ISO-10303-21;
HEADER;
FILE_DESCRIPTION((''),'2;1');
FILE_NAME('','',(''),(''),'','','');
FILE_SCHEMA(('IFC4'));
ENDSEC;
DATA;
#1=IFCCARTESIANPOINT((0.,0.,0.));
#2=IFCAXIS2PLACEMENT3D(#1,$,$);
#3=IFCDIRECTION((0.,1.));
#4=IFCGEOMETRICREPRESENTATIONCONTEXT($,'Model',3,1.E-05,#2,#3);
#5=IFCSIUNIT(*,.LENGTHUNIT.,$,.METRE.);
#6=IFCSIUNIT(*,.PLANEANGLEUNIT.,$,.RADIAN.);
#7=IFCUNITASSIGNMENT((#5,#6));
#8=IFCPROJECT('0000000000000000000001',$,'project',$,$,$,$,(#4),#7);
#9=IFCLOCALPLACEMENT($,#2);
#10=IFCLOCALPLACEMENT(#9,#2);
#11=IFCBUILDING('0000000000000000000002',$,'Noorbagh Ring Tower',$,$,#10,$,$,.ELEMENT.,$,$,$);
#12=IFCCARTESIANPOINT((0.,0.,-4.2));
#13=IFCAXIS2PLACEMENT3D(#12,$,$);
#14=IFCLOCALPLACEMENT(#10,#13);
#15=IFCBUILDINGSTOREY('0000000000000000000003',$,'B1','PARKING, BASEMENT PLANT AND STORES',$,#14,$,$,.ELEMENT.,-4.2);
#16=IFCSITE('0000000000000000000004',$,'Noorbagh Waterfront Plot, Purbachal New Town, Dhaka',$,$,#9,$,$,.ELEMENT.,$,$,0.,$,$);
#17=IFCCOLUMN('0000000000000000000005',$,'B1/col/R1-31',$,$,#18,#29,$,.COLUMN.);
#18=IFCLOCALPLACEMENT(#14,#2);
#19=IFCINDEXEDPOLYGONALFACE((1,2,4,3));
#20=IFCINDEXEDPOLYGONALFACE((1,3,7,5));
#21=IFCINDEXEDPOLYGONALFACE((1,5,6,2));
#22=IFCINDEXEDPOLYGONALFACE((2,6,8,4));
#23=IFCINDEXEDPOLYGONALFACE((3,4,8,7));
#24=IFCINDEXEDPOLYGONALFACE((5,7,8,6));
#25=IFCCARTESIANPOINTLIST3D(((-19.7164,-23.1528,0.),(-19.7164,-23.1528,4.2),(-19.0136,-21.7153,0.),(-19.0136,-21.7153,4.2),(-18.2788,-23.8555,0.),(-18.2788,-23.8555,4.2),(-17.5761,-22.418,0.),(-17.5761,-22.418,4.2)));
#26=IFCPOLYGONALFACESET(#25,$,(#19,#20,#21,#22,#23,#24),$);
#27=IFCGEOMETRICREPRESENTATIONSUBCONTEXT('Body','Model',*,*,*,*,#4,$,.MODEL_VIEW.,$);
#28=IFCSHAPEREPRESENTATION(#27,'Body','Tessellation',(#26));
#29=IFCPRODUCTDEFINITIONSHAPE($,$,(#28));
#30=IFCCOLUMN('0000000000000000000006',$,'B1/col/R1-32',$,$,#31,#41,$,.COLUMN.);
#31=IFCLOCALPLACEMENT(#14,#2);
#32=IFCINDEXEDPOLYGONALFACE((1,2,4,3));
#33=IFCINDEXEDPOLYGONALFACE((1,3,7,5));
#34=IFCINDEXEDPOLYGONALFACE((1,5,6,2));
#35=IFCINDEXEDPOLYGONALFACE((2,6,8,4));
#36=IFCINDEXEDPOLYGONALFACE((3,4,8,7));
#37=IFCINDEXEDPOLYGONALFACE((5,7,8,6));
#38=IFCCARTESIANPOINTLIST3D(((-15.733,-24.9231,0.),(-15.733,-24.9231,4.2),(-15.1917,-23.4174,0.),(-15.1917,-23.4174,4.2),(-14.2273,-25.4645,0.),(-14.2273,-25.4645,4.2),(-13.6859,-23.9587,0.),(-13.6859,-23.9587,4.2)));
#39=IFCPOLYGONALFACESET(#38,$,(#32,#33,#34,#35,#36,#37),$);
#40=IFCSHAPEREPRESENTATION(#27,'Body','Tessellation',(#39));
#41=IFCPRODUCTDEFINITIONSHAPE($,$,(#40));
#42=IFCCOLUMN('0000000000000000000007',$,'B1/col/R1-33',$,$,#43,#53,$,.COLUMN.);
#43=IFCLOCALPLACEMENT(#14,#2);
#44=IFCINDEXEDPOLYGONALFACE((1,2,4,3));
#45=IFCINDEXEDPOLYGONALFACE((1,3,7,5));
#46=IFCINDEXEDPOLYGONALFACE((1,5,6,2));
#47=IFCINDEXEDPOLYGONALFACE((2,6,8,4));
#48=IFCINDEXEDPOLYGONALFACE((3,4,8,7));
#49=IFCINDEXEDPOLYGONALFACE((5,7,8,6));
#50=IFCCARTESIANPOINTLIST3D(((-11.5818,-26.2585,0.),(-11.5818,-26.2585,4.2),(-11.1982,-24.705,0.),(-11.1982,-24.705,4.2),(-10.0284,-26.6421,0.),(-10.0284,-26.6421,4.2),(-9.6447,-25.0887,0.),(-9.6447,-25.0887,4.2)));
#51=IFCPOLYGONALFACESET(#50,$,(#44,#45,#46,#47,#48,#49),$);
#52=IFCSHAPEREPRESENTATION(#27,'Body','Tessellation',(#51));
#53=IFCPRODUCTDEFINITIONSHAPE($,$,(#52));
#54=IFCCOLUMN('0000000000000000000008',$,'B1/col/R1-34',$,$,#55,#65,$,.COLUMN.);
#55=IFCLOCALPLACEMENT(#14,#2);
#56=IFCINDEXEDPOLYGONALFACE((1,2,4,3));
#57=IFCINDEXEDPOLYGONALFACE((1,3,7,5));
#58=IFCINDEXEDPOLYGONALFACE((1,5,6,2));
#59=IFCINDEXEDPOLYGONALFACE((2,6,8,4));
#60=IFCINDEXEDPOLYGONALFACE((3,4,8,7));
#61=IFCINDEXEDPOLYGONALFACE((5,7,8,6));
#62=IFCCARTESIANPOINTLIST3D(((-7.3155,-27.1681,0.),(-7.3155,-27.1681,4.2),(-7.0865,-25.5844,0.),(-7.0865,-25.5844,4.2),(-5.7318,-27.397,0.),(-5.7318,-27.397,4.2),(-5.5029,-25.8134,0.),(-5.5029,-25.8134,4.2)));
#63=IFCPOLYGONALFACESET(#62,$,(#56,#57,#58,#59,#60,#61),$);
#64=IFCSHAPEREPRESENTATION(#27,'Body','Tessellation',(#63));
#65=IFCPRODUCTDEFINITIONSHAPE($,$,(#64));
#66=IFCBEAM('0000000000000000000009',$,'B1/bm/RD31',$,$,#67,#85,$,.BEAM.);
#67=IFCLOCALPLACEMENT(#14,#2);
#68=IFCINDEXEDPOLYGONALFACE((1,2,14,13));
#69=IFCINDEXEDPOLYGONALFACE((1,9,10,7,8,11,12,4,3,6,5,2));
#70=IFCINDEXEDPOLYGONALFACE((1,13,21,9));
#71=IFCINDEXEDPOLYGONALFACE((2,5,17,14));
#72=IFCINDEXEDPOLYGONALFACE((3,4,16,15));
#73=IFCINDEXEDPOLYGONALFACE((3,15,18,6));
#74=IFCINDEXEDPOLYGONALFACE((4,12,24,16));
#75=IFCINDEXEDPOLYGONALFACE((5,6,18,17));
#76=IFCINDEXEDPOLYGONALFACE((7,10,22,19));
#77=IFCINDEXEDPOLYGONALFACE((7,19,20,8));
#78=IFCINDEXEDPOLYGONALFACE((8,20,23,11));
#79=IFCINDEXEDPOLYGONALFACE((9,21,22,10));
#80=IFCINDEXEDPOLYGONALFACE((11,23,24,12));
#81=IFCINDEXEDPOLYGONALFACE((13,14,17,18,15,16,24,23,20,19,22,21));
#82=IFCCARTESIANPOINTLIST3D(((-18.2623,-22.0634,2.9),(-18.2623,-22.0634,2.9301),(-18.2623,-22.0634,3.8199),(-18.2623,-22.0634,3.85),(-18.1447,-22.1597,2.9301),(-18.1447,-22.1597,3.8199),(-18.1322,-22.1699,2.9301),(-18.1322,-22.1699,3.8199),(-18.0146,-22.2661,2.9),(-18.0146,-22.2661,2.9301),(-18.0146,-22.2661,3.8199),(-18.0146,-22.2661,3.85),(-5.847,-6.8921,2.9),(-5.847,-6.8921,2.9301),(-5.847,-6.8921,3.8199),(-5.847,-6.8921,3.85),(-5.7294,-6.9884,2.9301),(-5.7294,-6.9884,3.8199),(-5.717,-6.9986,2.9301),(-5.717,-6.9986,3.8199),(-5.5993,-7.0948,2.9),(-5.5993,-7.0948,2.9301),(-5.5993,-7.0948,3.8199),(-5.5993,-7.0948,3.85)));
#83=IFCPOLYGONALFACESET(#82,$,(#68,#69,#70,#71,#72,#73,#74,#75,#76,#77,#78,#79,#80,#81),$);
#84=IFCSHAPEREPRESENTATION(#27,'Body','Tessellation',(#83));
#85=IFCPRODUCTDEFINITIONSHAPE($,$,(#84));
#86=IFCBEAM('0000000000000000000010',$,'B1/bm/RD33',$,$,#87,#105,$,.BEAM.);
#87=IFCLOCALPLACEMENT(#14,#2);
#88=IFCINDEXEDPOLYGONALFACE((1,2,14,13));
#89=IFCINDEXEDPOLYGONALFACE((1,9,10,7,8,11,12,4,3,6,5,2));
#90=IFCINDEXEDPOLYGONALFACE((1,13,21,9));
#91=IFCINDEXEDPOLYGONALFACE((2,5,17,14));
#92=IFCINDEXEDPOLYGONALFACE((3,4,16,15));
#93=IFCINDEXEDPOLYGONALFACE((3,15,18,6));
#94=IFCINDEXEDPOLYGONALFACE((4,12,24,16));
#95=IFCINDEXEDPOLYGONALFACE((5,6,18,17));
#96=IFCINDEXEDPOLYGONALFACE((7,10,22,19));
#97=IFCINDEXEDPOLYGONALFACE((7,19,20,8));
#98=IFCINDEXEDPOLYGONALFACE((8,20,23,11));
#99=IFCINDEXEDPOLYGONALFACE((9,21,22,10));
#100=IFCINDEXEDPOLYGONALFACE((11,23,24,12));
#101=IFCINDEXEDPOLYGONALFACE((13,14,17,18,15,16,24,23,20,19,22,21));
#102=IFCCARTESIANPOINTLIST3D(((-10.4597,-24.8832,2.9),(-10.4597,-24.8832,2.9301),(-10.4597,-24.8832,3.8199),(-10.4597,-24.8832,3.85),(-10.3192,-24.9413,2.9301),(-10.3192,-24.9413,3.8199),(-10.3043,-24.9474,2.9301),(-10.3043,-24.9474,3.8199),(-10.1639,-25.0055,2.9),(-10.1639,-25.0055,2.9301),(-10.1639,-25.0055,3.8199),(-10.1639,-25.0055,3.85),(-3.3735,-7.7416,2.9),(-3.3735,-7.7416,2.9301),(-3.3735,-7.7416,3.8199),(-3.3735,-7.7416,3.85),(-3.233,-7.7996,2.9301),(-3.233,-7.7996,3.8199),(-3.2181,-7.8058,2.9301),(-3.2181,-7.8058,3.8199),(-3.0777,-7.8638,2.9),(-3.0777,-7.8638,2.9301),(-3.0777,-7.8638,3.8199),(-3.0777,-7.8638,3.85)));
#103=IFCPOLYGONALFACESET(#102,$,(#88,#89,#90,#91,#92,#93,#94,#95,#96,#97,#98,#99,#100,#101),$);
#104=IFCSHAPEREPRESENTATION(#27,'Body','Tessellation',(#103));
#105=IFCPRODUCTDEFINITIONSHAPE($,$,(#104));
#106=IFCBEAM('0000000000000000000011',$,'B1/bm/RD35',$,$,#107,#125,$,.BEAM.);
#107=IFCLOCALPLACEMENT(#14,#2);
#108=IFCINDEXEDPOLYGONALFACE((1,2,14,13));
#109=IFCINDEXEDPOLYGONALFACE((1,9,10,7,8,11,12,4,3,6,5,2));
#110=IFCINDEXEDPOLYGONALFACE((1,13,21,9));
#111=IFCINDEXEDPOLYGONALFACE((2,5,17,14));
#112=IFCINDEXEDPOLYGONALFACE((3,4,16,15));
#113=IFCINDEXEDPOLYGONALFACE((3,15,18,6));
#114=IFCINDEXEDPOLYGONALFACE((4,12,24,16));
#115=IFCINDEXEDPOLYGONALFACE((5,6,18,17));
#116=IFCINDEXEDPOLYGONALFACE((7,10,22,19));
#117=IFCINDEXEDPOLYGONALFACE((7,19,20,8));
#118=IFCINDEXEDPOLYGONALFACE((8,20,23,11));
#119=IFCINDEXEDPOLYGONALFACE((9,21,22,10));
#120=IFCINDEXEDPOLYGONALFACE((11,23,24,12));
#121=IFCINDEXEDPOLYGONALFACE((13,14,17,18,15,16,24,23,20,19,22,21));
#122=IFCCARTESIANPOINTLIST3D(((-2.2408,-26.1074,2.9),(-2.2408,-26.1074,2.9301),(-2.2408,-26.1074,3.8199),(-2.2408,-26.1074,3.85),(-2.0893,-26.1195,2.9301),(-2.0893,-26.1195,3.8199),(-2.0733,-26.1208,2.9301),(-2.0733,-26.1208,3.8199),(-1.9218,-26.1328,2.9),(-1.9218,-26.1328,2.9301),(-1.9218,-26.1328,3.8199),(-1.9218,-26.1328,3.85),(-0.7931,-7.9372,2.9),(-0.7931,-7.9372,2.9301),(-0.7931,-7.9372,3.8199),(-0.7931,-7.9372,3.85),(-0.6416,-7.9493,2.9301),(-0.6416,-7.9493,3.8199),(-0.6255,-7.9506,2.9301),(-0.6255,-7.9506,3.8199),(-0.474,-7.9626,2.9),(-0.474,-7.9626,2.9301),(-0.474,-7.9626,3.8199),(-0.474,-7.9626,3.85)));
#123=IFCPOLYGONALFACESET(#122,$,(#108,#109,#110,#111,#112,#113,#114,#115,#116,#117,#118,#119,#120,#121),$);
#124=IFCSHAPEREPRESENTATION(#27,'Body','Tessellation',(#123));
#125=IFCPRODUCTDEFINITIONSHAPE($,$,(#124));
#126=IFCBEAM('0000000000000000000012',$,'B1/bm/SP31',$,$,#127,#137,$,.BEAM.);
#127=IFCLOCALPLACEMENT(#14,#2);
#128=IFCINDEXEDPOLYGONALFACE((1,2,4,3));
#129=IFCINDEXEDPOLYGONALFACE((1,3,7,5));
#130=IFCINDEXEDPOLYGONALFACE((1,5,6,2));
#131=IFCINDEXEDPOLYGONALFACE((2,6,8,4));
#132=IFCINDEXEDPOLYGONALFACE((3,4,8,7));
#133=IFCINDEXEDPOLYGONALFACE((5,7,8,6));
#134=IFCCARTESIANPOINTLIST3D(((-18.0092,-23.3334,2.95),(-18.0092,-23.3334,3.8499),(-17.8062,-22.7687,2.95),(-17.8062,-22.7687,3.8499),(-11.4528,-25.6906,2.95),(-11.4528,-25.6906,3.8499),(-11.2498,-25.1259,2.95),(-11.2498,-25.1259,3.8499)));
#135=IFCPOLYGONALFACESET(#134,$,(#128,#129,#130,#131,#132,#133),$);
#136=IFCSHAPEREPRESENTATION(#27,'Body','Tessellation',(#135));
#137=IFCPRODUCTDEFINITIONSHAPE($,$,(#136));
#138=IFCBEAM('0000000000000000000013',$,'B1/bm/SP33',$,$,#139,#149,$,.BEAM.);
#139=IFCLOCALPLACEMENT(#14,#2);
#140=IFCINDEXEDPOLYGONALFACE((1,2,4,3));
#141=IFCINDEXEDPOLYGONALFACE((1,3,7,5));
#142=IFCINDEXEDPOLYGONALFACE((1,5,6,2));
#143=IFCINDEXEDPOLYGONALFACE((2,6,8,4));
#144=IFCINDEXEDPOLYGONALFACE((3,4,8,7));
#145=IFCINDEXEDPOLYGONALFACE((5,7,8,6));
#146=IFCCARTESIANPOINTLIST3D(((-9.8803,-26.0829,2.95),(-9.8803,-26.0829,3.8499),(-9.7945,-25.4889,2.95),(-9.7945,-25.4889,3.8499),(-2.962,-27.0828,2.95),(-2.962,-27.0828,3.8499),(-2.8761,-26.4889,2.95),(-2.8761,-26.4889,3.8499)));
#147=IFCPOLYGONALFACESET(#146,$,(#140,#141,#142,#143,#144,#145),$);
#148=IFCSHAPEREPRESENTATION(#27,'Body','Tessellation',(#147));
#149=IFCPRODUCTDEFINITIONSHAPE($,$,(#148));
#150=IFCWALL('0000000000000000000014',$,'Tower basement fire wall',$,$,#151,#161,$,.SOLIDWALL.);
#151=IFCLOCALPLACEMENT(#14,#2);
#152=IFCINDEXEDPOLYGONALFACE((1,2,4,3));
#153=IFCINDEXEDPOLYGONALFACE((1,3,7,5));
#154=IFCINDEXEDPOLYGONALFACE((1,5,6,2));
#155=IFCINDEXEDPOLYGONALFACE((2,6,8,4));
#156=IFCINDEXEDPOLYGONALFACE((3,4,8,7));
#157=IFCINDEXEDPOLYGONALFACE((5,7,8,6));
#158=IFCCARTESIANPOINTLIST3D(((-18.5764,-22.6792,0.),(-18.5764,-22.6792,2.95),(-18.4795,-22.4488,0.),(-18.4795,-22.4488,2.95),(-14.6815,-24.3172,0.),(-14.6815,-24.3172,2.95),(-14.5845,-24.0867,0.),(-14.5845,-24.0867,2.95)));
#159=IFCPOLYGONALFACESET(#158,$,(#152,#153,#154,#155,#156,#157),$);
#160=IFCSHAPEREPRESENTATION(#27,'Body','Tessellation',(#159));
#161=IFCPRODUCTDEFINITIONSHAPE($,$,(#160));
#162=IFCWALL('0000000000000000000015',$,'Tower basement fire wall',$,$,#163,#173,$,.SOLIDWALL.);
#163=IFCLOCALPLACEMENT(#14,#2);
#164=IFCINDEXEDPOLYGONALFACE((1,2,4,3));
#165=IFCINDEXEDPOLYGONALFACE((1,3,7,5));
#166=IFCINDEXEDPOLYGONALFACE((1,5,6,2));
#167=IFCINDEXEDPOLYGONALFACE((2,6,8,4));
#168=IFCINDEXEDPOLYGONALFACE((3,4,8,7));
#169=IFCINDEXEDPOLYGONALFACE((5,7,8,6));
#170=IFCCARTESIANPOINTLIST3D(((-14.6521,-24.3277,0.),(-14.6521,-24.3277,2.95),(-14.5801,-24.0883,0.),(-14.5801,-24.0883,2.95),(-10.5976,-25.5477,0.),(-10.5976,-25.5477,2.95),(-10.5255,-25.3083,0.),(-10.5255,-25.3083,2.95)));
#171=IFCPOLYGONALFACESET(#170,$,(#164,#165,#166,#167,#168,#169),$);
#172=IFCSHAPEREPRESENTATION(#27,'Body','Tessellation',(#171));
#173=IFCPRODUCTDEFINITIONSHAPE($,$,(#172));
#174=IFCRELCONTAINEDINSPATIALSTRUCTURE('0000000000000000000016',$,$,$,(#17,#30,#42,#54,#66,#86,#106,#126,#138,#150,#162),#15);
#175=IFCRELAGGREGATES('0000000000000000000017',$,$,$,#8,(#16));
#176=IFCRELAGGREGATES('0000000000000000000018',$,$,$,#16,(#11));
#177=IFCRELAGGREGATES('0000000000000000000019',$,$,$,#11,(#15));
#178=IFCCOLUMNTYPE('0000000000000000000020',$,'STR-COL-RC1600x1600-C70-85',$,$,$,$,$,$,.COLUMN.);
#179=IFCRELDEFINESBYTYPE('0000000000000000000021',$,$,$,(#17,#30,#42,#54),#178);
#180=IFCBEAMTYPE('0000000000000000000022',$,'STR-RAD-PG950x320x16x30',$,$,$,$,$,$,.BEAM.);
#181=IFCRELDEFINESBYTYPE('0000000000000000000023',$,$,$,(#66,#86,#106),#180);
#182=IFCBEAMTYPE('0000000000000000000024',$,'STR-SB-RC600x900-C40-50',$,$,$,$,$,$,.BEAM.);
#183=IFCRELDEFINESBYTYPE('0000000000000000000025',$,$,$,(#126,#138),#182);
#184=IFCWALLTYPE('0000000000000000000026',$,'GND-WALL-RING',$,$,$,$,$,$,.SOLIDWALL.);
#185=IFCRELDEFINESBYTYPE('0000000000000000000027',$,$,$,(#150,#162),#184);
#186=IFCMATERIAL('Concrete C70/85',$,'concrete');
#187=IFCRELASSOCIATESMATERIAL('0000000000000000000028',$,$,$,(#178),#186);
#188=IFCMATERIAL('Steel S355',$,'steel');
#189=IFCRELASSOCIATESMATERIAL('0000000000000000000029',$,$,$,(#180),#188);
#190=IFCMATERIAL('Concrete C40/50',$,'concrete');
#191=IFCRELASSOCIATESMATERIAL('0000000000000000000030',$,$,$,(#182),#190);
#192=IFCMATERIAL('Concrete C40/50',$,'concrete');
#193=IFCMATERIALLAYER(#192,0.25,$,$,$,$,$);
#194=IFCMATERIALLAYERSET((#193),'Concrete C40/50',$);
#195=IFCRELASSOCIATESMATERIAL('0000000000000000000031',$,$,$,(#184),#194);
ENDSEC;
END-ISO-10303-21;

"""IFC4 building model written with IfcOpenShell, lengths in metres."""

from ifc_helpers import new_model, si_unit, direction, frame, frame_2d, origin, origin_2d, place, context, subcontext, project, spatial, rectangle, i_section, extrude, material, layer, layer_set, material_profile, profile_set, type_object, element, save


model = new_model("IFC4")

# Units and contexts
model_context = context("Model", 3, precision=1e-05, world=origin(), true_north=direction((0.0, 1.0)))
body_context = subcontext(model_context, "Body", "Model", "MODEL_VIEW")
ifc_project = project(units=[si_unit("LENGTHUNIT", "METRE"), si_unit("PLANEANGLEUNIT", "RADIAN")], contexts=[model_context])

# Site, building, storey
site_placement = place(None, origin())
site = spatial("IfcSite", under=ifc_project, at=site_placement, Name="Noorbagh Waterfront Plot, Purbachal New Town, Dhaka", CompositionType="ELEMENT", RefElevation=0.0)
building_placement = place(site_placement, origin())
building = spatial("IfcBuilding", under=site, at=building_placement, Name="Noorbagh Ring Tower", CompositionType="ELEMENT")
storey_placement = place(building_placement, frame((0.0, 0.0, -4.2)))
storey = spatial("IfcBuildingStorey", under=building, at=storey_placement, Name="B1", Description="PARKING, BASEMENT PLANT AND STORES", CompositionType="ELEMENT", Elevation=-4.2)

# Columns
ifc_material_1 = material(Name="Concrete C70/85", Category="concrete")
ifc_material_profile_1 = material_profile(ifc_material_1, rectangle(XDim=1.6001, YDim=1.6001, at=origin_2d()), Name="RC1600x1600")
ifc_profile_set_1 = profile_set([ifc_material_profile_1], Name="Concrete C70/85")
column_type = type_object("IfcColumnType", Name="STR-COL-RC1600x1600-C70-85", PredefinedType="COLUMN", material=ifc_profile_set_1)
for number, where, z_axis, x_axis, name in (
    (1, (-18.6462, -22.7854, 0.0), (0.0, 0.0, 1.0), (0.898399, -0.43918, 0.0), "B1/col/R1-31"),
    (2, (-14.7095, -24.4409, 0.0), (0.0, 0.0, 1.0), (0.941025, -0.338338, 0.0), "B1/col/R1-32"),
    (3, (-10.6133, -25.6736, 0.0), (0.0, 0.0, 1.0), (0.970829, -0.239771, 0.0), "B1/col/R1-33"),
    (4, (-6.4092, -26.4907, 0.0), (0.0, 0.0, 1.0), (0.989713, -0.143066, 0.0), "B1/col/R1-34"),
):
    element("IfcColumn", number, at=place(storey_placement, frame(where, z_axis=z_axis, x_axis=x_axis)), inside=storey, type_object=column_type, Name=name, PredefinedType="COLUMN", context=body_context, shape_type="SweptSolid", body=[
        extrude(rectangle(XDim=1.6001, YDim=1.6001, at=origin_2d()), origin(), (0.0, 0.0, 1.0), 4.2),
    ])

# Beams
ifc_material_2 = material(Name="Steel S355", Category="steel")
ifc_material_profile_2 = material_profile(ifc_material_2, i_section(OverallWidth=0.3201, OverallDepth=0.95, WebThickness=0.0161, FlangeThickness=0.03, at=origin_2d()), Name="PG950x320x16x30")
ifc_profile_set_2 = profile_set([ifc_material_profile_2], Name="Steel S355")
beam_type_1 = type_object("IfcBeamType", Name="STR-RAD-PG950x320x16x30", PredefinedType="BEAM", material=ifc_profile_set_2)
beam_1_placement = place(storey_placement, frame((-18.1384, -22.1648, 3.375), z_axis=(0.633309, 0.773899, 0.0), x_axis=(-0.773899, 0.633309, 0.0)))
element("IfcBeam", 5, at=beam_1_placement, inside=storey, type_object=beam_type_1, Name="B1/bm/RD31", PredefinedType="BEAM", context=body_context, shape_type="SweptSolid", body=[
    extrude(i_section(OverallWidth=0.3201, OverallDepth=0.95, WebThickness=0.0161, FlangeThickness=0.03, at=origin_2d()), origin(), (0.0, 0.0, 1.0), 19.6038),
])
beam_2_placement = place(storey_placement, frame((-10.3118, -24.9443, 3.375), z_axis=(0.382034, 0.924148, 0.0), x_axis=(-0.924148, 0.382034, 0.0)))
element("IfcBeam", 6, at=beam_2_placement, inside=storey, type_object=beam_type_1, Name="B1/bm/RD33", PredefinedType="BEAM", context=body_context, shape_type="SweptSolid", body=[
    extrude(i_section(OverallWidth=0.3201, OverallDepth=0.95, WebThickness=0.0161, FlangeThickness=0.03, at=origin_2d()), origin(), (0.0, 0.0, 1.0), 18.5486),
])
beam_3_placement = place(storey_placement, frame((-2.0813, -26.1201, 3.375), z_axis=(0.079426, 0.996841, 0.0), x_axis=(-0.996841, 0.079426, 0.0)))
element("IfcBeam", 7, at=beam_3_placement, inside=storey, type_object=beam_type_1, Name="B1/bm/RD35", PredefinedType="BEAM", context=body_context, shape_type="SweptSolid", body=[
    extrude(i_section(OverallWidth=0.3201, OverallDepth=0.95, WebThickness=0.0161, FlangeThickness=0.03, at=origin_2d()), origin(), (0.0, 0.0, 1.0), 18.2278),
])
ifc_material_3 = material(Name="Concrete C40/50", Category="concrete")
ifc_material_profile_3 = material_profile(ifc_material_3, rectangle(XDim=0.6001, YDim=0.8999, at=origin_2d()), Name="RC600x900")
ifc_profile_set_3 = profile_set([ifc_material_profile_3], Name="Concrete C40/50")
beam_type_2 = type_object("IfcBeamType", Name="STR-SB-RC600x900-C40-50", PredefinedType="BEAM", material=ifc_profile_set_3)
beam_4_placement = place(storey_placement, frame((-17.9077, -23.051, 3.3999), z_axis=(0.94103, -0.338322, 0.0), x_axis=(0.338322, 0.94103, 0.0)))
element("IfcBeam", 8, at=beam_4_placement, inside=storey, type_object=beam_type_2, Name="B1/bm/SP31", PredefinedType="BEAM", context=body_context, shape_type="SweptSolid", body=[
    extrude(rectangle(XDim=0.6001, YDim=0.8999, at=origin_2d()), origin(), (0.0, 0.0, 1.0), 6.9673),
])
beam_5_placement = place(storey_placement, frame((-9.8374, -25.7859, 3.3999), z_axis=(0.989715, -0.143054, 0.0), x_axis=(0.143054, 0.989715, 0.0)))
element("IfcBeam", 9, at=beam_5_placement, inside=storey, type_object=beam_type_2, Name="B1/bm/SP33", PredefinedType="BEAM", context=body_context, shape_type="SweptSolid", body=[
    extrude(rectangle(XDim=0.6001, YDim=0.8999, at=origin_2d()), origin(), (0.0, 0.0, 1.0), 6.9902),
])

# Walls
ifc_material_4 = material(Name="Concrete C40/50", Category="concrete")
ifc_layer = layer(ifc_material_4, 0.25)
ifc_layer_set = layer_set([ifc_layer], Name="Concrete C40/50")
wall_type = type_object("IfcWallType", Name="GND-WALL-RING", PredefinedType="SOLIDWALL", material=ifc_layer_set)
wall_1_placement = place(storey_placement, frame((-18.5281, -22.564, 0.0), z_axis=(0.0, 0.0, 1.0), x_axis=(0.92181, -0.387641, 0.0)))
element("IfcWall", 10, at=wall_1_placement, inside=storey, type_object=wall_type, Name="Tower basement fire wall", PredefinedType="SOLIDWALL", context=body_context, shape_type="SweptSolid", body=[
    extrude(rectangle(XDim=4.2253, YDim=0.25, at=frame_2d((2.1128, 0.0))), origin(), (0.0, 0.0, 1.0), 2.95),
])
wall_2_placement = place(storey_placement, frame((-14.6162, -24.208, 0.0), z_axis=(0.0, 0.0, 1.0), x_axis=(0.957589, -0.288136, 0.0)))
element("IfcWall", 11, at=wall_2_placement, inside=storey, type_object=wall_type, Name="Tower basement fire wall", PredefinedType="SOLIDWALL", context=body_context, shape_type="SweptSolid", body=[
    extrude(rectangle(XDim=4.2341, YDim=0.25, at=frame_2d((2.1172, 0.0))), origin(), (0.0, 0.0, 1.0), 2.95),
])

save(model, "model.ifc")
